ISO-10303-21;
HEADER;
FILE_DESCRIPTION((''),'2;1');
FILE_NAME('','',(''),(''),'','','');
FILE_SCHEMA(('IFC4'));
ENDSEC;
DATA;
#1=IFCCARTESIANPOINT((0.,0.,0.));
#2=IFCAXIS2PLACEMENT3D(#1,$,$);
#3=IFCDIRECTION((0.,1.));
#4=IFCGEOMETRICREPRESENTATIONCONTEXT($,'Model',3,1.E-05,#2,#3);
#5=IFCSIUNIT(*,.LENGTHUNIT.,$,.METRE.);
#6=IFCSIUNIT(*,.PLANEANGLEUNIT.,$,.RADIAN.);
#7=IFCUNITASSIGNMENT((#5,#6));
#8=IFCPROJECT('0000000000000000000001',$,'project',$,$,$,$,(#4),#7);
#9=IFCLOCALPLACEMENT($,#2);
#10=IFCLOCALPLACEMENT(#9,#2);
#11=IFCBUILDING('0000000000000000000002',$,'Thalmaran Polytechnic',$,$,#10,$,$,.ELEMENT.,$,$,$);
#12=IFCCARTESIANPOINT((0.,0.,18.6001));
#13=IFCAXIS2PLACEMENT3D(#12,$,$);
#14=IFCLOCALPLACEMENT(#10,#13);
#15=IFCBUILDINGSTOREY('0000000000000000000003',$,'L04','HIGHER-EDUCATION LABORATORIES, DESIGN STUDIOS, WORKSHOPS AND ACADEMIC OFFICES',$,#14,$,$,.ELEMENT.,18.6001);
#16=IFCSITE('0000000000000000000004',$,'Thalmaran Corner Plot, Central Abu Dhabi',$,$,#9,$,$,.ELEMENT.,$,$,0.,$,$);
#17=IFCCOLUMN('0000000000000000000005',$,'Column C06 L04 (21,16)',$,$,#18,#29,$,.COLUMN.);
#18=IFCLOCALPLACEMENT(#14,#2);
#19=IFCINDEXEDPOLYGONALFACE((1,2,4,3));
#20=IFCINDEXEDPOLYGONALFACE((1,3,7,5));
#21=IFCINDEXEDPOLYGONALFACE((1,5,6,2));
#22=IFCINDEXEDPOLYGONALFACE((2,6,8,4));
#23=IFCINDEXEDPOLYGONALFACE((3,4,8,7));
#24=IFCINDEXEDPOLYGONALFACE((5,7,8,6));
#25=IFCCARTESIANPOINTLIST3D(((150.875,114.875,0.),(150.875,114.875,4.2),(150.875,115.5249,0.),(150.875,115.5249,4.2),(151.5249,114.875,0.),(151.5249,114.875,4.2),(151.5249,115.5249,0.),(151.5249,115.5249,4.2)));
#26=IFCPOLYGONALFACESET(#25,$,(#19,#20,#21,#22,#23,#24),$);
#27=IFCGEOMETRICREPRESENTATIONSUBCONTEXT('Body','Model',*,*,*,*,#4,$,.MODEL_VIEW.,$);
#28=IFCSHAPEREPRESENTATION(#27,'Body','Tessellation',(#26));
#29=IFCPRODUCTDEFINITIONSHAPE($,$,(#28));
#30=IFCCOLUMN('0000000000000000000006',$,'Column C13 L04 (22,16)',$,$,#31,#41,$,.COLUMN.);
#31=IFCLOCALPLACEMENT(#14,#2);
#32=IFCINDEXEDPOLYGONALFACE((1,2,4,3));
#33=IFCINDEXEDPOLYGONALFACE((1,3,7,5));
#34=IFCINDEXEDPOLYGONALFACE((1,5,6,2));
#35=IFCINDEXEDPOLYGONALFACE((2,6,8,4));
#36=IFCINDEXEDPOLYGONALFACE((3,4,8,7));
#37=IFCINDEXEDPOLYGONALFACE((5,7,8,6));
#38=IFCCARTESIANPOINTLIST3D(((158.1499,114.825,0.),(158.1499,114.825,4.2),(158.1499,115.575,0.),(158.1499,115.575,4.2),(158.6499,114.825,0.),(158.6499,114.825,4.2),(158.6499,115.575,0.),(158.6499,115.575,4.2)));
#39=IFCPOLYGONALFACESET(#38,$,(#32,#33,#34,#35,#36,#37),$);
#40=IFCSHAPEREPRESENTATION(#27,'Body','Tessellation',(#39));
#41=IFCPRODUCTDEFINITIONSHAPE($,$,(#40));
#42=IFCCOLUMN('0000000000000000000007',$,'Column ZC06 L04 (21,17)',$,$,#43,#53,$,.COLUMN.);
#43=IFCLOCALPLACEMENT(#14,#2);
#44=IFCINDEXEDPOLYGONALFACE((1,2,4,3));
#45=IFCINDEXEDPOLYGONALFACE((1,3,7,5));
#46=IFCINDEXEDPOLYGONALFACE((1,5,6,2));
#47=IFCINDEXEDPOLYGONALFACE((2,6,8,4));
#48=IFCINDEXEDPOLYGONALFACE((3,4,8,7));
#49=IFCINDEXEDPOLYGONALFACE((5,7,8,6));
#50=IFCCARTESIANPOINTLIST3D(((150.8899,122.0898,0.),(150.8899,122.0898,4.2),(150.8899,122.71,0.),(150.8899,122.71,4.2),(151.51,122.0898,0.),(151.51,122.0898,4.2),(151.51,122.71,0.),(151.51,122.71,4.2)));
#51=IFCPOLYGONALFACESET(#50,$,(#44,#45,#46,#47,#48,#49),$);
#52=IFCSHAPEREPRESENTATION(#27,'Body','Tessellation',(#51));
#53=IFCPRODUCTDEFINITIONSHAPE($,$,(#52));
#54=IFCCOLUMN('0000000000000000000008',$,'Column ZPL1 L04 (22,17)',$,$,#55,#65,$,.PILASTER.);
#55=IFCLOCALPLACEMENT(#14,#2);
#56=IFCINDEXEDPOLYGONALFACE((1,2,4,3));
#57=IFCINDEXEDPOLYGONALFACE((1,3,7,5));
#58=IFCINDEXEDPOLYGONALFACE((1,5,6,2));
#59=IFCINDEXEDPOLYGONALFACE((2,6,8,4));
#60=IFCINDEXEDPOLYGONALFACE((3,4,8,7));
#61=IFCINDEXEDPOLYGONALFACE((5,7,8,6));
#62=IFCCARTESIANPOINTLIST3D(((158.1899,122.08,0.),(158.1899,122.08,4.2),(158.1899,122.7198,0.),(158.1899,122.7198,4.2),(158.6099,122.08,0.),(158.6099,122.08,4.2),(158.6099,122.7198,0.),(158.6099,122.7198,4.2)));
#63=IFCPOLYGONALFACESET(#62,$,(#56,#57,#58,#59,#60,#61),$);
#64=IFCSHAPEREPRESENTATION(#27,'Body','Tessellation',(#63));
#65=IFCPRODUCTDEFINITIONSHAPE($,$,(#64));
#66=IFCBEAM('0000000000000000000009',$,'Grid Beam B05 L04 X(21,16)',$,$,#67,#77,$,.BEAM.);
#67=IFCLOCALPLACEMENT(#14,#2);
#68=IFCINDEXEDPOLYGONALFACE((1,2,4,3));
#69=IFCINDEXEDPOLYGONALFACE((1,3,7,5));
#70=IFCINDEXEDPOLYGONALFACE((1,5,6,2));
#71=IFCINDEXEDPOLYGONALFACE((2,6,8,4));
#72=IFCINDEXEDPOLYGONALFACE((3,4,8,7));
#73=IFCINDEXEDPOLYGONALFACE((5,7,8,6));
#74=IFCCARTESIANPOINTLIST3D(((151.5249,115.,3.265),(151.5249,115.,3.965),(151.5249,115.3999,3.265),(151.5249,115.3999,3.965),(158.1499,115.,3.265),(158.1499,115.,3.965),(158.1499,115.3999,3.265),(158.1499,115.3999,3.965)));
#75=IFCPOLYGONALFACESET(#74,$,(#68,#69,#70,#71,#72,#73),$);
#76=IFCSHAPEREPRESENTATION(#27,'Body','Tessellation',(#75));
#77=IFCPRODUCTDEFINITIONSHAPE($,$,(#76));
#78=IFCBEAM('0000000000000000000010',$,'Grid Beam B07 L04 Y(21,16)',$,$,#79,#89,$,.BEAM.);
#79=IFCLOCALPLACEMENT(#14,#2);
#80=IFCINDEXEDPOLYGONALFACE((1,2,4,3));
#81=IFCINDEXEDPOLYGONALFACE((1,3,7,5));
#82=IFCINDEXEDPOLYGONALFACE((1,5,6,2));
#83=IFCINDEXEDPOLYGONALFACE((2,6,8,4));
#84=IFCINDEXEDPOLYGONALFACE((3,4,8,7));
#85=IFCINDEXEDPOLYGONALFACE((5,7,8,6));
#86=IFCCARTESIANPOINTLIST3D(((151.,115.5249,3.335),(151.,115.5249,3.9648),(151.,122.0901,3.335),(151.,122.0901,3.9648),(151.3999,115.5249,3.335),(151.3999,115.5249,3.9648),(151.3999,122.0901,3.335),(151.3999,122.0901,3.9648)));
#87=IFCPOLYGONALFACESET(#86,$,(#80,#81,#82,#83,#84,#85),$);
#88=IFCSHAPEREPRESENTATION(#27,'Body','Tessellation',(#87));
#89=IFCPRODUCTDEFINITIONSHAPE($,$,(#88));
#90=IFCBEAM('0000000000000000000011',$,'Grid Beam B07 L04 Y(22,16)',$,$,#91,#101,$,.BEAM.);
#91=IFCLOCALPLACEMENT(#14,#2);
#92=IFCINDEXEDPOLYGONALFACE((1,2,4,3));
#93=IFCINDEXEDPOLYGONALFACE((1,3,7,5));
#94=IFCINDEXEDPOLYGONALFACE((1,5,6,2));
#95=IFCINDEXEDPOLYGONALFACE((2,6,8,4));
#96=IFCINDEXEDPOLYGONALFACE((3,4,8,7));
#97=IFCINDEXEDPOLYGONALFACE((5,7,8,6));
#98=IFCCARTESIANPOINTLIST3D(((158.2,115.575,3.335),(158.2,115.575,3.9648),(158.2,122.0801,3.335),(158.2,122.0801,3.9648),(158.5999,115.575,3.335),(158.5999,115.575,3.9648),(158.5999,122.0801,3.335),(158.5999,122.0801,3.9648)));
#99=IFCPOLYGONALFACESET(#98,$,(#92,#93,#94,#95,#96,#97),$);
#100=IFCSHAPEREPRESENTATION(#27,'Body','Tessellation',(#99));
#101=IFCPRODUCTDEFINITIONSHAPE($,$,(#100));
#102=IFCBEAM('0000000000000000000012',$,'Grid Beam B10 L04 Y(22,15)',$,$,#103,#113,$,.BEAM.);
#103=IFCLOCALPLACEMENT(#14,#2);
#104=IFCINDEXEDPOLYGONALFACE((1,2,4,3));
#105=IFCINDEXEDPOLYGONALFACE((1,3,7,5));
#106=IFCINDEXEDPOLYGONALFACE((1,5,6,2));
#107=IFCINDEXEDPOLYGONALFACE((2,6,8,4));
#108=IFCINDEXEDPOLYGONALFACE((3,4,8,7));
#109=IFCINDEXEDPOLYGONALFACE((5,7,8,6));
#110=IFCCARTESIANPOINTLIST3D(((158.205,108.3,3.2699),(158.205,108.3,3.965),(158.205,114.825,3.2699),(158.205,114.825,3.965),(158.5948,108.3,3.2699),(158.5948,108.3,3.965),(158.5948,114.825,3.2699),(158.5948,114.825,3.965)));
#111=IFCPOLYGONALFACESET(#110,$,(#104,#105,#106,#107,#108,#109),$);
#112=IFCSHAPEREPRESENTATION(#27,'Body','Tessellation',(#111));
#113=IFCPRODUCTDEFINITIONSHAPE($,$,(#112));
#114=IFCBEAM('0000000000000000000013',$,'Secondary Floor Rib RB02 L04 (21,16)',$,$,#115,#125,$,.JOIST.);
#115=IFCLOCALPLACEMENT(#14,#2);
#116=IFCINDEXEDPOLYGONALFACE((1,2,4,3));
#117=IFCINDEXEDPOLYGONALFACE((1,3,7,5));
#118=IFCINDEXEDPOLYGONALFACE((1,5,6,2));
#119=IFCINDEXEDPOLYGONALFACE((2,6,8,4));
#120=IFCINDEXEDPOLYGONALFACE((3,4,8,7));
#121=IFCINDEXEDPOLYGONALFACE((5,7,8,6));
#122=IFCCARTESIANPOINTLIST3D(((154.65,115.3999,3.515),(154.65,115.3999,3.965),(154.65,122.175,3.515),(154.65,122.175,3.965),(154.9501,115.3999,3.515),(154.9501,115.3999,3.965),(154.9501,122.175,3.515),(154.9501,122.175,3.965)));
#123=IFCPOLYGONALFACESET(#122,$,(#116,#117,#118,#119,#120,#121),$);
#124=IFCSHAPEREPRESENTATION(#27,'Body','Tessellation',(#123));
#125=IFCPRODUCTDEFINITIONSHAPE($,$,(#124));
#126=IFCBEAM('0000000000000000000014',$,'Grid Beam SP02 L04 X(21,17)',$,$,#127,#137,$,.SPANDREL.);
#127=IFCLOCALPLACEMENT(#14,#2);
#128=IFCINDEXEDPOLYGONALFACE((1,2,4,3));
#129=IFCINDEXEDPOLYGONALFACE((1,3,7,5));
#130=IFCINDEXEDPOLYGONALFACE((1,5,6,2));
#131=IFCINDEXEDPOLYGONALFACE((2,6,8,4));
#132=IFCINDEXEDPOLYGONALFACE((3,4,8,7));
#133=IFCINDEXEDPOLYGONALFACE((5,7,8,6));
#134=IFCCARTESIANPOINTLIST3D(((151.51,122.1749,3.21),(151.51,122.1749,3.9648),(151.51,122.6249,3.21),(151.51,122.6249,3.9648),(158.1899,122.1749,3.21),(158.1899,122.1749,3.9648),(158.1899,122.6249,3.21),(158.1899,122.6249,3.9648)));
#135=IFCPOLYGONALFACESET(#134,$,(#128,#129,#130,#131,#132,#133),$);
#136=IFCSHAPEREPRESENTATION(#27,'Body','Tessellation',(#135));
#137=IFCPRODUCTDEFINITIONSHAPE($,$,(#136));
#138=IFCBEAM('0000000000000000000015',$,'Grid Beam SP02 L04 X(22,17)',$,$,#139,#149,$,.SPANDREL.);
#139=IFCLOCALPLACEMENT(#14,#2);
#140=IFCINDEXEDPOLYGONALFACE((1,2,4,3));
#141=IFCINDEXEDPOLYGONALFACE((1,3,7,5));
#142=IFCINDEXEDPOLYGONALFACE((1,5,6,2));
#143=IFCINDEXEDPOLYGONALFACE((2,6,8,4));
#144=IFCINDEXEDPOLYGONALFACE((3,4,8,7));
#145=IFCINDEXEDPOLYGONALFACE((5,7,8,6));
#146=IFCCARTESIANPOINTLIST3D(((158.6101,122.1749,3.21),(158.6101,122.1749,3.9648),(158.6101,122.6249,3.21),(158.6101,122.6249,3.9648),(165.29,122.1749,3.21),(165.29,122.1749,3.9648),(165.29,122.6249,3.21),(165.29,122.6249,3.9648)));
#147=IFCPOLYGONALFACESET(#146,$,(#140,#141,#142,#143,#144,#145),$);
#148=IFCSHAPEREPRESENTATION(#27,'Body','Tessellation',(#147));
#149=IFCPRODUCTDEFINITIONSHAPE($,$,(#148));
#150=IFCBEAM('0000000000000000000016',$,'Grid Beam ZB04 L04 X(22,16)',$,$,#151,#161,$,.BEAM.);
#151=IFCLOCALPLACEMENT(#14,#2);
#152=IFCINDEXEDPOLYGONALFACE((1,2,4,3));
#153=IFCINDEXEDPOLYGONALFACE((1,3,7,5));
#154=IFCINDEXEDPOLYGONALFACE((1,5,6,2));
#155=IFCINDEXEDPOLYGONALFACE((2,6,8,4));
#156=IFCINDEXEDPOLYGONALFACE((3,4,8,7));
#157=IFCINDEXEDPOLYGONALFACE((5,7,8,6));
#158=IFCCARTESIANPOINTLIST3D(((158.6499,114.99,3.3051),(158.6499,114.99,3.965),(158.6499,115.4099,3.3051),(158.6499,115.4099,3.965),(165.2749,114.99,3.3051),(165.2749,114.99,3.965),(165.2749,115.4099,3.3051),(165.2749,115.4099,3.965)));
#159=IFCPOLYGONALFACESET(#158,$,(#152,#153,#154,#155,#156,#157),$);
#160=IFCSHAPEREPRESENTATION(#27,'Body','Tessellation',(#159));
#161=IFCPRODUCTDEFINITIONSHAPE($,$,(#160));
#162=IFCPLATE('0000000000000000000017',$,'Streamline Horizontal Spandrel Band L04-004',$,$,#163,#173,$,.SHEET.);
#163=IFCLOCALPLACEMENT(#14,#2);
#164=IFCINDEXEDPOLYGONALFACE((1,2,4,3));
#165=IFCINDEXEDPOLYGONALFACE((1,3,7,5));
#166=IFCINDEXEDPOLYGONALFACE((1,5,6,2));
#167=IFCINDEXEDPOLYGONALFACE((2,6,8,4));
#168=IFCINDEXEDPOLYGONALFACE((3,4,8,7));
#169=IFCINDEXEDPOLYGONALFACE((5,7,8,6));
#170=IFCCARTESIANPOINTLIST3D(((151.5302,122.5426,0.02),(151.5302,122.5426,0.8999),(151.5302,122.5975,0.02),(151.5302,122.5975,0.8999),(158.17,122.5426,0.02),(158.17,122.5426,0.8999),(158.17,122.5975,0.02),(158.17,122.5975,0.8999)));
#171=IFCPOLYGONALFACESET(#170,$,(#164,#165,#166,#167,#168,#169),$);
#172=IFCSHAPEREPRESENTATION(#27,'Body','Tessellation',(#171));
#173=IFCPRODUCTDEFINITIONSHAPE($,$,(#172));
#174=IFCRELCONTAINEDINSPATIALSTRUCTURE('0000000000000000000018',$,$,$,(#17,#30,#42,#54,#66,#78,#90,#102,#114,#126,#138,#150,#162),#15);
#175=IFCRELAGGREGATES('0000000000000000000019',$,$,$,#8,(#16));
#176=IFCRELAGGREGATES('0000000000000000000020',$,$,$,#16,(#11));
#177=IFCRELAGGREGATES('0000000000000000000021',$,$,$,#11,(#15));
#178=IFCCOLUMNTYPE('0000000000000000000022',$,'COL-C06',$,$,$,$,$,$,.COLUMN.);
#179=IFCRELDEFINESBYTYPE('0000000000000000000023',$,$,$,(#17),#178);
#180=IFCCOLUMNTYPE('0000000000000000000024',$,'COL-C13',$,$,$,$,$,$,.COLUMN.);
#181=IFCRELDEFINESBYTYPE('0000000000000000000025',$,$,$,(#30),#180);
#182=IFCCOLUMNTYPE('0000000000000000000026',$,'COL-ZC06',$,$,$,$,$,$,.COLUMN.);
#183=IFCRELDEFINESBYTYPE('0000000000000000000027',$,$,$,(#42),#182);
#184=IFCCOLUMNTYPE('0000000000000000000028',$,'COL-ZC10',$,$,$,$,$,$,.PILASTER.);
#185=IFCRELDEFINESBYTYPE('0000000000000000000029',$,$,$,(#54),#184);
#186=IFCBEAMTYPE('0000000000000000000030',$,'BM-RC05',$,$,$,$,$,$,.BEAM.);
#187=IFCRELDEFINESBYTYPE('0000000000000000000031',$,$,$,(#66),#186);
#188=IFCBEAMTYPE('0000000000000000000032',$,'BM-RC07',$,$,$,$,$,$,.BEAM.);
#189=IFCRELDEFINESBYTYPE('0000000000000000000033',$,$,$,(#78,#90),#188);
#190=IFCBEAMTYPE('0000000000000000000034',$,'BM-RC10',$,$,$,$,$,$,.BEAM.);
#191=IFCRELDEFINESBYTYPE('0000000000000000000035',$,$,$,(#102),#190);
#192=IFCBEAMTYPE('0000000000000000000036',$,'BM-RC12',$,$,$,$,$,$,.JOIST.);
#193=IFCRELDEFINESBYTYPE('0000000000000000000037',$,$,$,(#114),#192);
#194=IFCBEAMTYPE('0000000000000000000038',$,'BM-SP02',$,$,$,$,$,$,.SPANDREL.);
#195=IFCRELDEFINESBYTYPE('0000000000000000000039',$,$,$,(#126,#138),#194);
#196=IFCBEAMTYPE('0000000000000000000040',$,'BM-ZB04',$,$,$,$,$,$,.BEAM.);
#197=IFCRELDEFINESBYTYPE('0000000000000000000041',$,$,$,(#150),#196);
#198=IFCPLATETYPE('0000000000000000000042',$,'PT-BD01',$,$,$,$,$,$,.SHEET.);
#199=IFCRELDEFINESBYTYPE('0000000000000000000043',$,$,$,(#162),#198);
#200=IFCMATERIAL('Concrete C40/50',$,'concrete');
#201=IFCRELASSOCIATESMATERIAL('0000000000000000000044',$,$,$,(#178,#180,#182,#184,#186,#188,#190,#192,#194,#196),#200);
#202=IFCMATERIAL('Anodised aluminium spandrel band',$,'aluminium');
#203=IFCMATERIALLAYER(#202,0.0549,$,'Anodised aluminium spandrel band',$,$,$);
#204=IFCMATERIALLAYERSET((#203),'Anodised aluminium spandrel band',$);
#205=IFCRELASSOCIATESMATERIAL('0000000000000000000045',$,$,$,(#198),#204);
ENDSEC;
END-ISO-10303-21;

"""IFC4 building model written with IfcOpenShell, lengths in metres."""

from ifc_helpers import new_model, si_unit, direction, frame, origin, origin_2d, place, context, subcontext, project, spatial, rectangle, extrude, material, layer, layer_set, material_profile, profile_set, type_object, element, save


model = new_model("IFC4")

# Units and contexts
model_context = context("Model", 3, precision=1e-05, world=origin(), true_north=direction((0.0, 1.0)))
body_context = subcontext(model_context, "Body", "Model", "MODEL_VIEW")
ifc_project = project(units=[si_unit("LENGTHUNIT", "METRE"), si_unit("PLANEANGLEUNIT", "RADIAN")], contexts=[model_context])

# Site, building, storey
site_placement = place(None, origin())
site = spatial("IfcSite", under=ifc_project, at=site_placement, Name="Thalmaran Corner Plot, Central Abu Dhabi", CompositionType="ELEMENT", RefElevation=0.0)
building_placement = place(site_placement, origin())
building = spatial("IfcBuilding", under=site, at=building_placement, Name="Thalmaran Polytechnic", CompositionType="ELEMENT")
storey_placement = place(building_placement, frame((0.0, 0.0, 18.6001)))
storey = spatial("IfcBuildingStorey", under=building, at=storey_placement, Name="L04", Description="HIGHER-EDUCATION LABORATORIES, DESIGN STUDIOS, WORKSHOPS AND ACADEMIC OFFICES", CompositionType="ELEMENT", Elevation=18.6001)

# Columns
ifc_material_1 = material(Name="Concrete C40/50", Category="concrete")
ifc_material_profile_1 = material_profile(ifc_material_1, rectangle(XDim=0.6499, YDim=0.6499, at=origin_2d()), Name="RC 650x650")
ifc_profile_set_1 = profile_set([ifc_material_profile_1], Name="Concrete C40/50")
column_type_1 = type_object("IfcColumnType", Name="COL-C06", PredefinedType="COLUMN", material=ifc_profile_set_1)
column_1_placement = place(storey_placement, frame((151.2, 115.2, 0.0), z_axis=(0.0, 0.0, 1.0), x_axis=(1.0, 0.0, 0.0)))
element("IfcColumn", 1, at=column_1_placement, inside=storey, type_object=column_type_1, Name="Column C06 L04 (21,16)", PredefinedType="COLUMN", context=body_context, shape_type="SweptSolid", body=[
    extrude(rectangle(XDim=0.6499, YDim=0.6499, at=origin_2d()), origin(), (0.0, 0.0, 1.0), 4.2),
])
ifc_material_profile_2 = material_profile(ifc_material_1, rectangle(XDim=0.5, YDim=0.75, at=origin_2d()), Name="RC 500x750")
ifc_profile_set_2 = profile_set([ifc_material_profile_2], Name="Concrete C40/50")
column_type_2 = type_object("IfcColumnType", Name="COL-C13", PredefinedType="COLUMN", material=ifc_profile_set_2)
column_2_placement = place(storey_placement, frame((158.3999, 115.2, 0.0), z_axis=(0.0, 0.0, 1.0), x_axis=(1.0, 0.0, 0.0)))
element("IfcColumn", 2, at=column_2_placement, inside=storey, type_object=column_type_2, Name="Column C13 L04 (22,16)", PredefinedType="COLUMN", context=body_context, shape_type="SweptSolid", body=[
    extrude(rectangle(XDim=0.5, YDim=0.75, at=origin_2d()), origin(), (0.0, 0.0, 1.0), 4.2),
])
ifc_material_profile_3 = material_profile(ifc_material_1, rectangle(XDim=0.6201, YDim=0.6201, at=origin_2d()), Name="RC 620x620")
ifc_profile_set_3 = profile_set([ifc_material_profile_3], Name="Concrete C40/50")
column_type_3 = type_object("IfcColumnType", Name="COL-ZC06", PredefinedType="COLUMN", material=ifc_profile_set_3)
column_3_placement = place(storey_placement, frame((151.2, 122.3999, 0.0), z_axis=(0.0, 0.0, 1.0), x_axis=(1.0, 0.0, 0.0)))
element("IfcColumn", 3, at=column_3_placement, inside=storey, type_object=column_type_3, Name="Column ZC06 L04 (21,17)", PredefinedType="COLUMN", context=body_context, shape_type="SweptSolid", body=[
    extrude(rectangle(XDim=0.6201, YDim=0.6201, at=origin_2d()), origin(), (0.0, 0.0, 1.0), 4.2),
])
ifc_material_profile_4 = material_profile(ifc_material_1, rectangle(XDim=0.4199, YDim=0.6399, at=origin_2d()), Name="RC 420x640")
ifc_profile_set_4 = profile_set([ifc_material_profile_4], Name="Concrete C40/50")
column_type_4 = type_object("IfcColumnType", Name="COL-ZC10", PredefinedType="PILASTER", material=ifc_profile_set_4)
column_4_placement = place(storey_placement, frame((158.3999, 122.3999, 0.0), z_axis=(0.0, 0.0, 1.0), x_axis=(1.0, 0.0, 0.0)))
element("IfcColumn", 4, at=column_4_placement, inside=storey, type_object=column_type_4, Name="Column ZPL1 L04 (22,17)", PredefinedType="PILASTER", context=body_context, shape_type="SweptSolid", body=[
    extrude(rectangle(XDim=0.4199, YDim=0.6399, at=origin_2d()), origin(), (0.0, 0.0, 1.0), 4.2),
])

# Beams
ifc_material_profile_5 = material_profile(ifc_material_1, rectangle(XDim=0.3999, YDim=0.7, at=origin_2d()), Name="RC 400x700")
ifc_profile_set_5 = profile_set([ifc_material_profile_5], Name="Concrete C40/50")
beam_type_1 = type_object("IfcBeamType", Name="BM-RC05", PredefinedType="BEAM", material=ifc_profile_set_5)
beam_1_placement = place(storey_placement, frame((151.5249, 115.2, 3.615), z_axis=(1.0, 0.0, 0.0), x_axis=(0.0, 1.0, 0.0)))
element("IfcBeam", 5, at=beam_1_placement, inside=storey, type_object=beam_type_1, Name="Grid Beam B05 L04 X(21,16)", PredefinedType="BEAM", context=body_context, shape_type="SweptSolid", body=[
    extrude(rectangle(XDim=0.3999, YDim=0.7, at=origin_2d()), origin(), (0.0, 0.0, 1.0), 6.625),
])
ifc_material_profile_6 = material_profile(ifc_material_1, rectangle(XDim=0.3999, YDim=0.6299, at=origin_2d()), Name="RC 400x630")
ifc_profile_set_6 = profile_set([ifc_material_profile_6], Name="Concrete C40/50")
beam_type_2 = type_object("IfcBeamType", Name="BM-RC07", PredefinedType="BEAM", material=ifc_profile_set_6)
beam_2_placement = place(storey_placement, frame((151.2, 115.5249, 3.6499), z_axis=(0.0, 1.0, 0.0), x_axis=(-1.0, 0.0, 0.0)))
element("IfcBeam", 6, at=beam_2_placement, inside=storey, type_object=beam_type_2, Name="Grid Beam B07 L04 Y(21,16)", PredefinedType="BEAM", context=body_context, shape_type="SweptSolid", body=[
    extrude(rectangle(XDim=0.3999, YDim=0.6299, at=origin_2d()), origin(), (0.0, 0.0, 1.0), 6.5652),
])
beam_3_placement = place(storey_placement, frame((158.3999, 115.575, 3.6499), z_axis=(0.0, 1.0, 0.0), x_axis=(-1.0, 0.0, 0.0)))
element("IfcBeam", 7, at=beam_3_placement, inside=storey, type_object=beam_type_2, Name="Grid Beam B07 L04 Y(22,16)", PredefinedType="BEAM", context=body_context, shape_type="SweptSolid", body=[
    extrude(rectangle(XDim=0.3999, YDim=0.6299, at=origin_2d()), origin(), (0.0, 0.0, 1.0), 6.5051),
])
ifc_material_profile_7 = material_profile(ifc_material_1, rectangle(XDim=0.3899, YDim=0.6951, at=origin_2d()), Name="RC 390x695")
ifc_profile_set_7 = profile_set([ifc_material_profile_7], Name="Concrete C40/50")
beam_type_3 = type_object("IfcBeamType", Name="BM-RC10", PredefinedType="BEAM", material=ifc_profile_set_7)
beam_4_placement = place(storey_placement, frame((158.3999, 108.3, 3.6174), z_axis=(0.0, 1.0, 0.0), x_axis=(-1.0, 0.0, 0.0)))
element("IfcBeam", 8, at=beam_4_placement, inside=storey, type_object=beam_type_3, Name="Grid Beam B10 L04 Y(22,15)", PredefinedType="BEAM", context=body_context, shape_type="SweptSolid", body=[
    extrude(rectangle(XDim=0.3899, YDim=0.6951, at=origin_2d()), origin(), (0.0, 0.0, 1.0), 6.5249),
])
ifc_material_profile_8 = material_profile(ifc_material_1, rectangle(XDim=0.3, YDim=0.45, at=origin_2d()), Name="RC 300x450")
ifc_profile_set_8 = profile_set([ifc_material_profile_8], Name="Concrete C40/50")
beam_type_4 = type_object("IfcBeamType", Name="BM-RC12", PredefinedType="JOIST", material=ifc_profile_set_8)
beam_5_placement = place(storey_placement, frame((154.8, 115.3999, 3.74), z_axis=(0.0, 1.0, 0.0), x_axis=(-1.0, 0.0, 0.0)))
element("IfcBeam", 9, at=beam_5_placement, inside=storey, type_object=beam_type_4, Name="Secondary Floor Rib RB02 L04 (21,16)", PredefinedType="JOIST", context=body_context, shape_type="SweptSolid", body=[
    extrude(rectangle(XDim=0.3, YDim=0.45, at=origin_2d()), origin(), (0.0, 0.0, 1.0), 6.7751),
])
ifc_material_profile_9 = material_profile(ifc_material_1, rectangle(XDim=0.45, YDim=0.7549, at=origin_2d()), Name="RC 450x755")
ifc_profile_set_9 = profile_set([ifc_material_profile_9], Name="Concrete C40/50")
beam_type_5 = type_object("IfcBeamType", Name="BM-SP02", PredefinedType="SPANDREL", material=ifc_profile_set_9)
for number, where, z_axis, x_axis, name in (
    (10, (151.51, 122.3999, 3.5874), (1.0, 0.0, 0.0), (0.0, 1.0, 0.0), "Grid Beam SP02 L04 X(21,17)"),
    (11, (158.6101, 122.3999, 3.5874), (1.0, 0.0, 0.0), (0.0, 1.0, 0.0), "Grid Beam SP02 L04 X(22,17)"),
):
    element("IfcBeam", number, at=place(storey_placement, frame(where, z_axis=z_axis, x_axis=x_axis)), inside=storey, type_object=beam_type_5, Name=name, PredefinedType="SPANDREL", context=body_context, shape_type="SweptSolid", body=[
        extrude(rectangle(XDim=0.45, YDim=0.7549, at=origin_2d()), origin(), (0.0, 0.0, 1.0), 6.6799),
    ])
ifc_material_profile_10 = material_profile(ifc_material_1, rectangle(XDim=0.4199, YDim=0.6599, at=origin_2d()), Name="RC 420x660")
ifc_profile_set_10 = profile_set([ifc_material_profile_10], Name="Concrete C40/50")
beam_type_6 = type_object("IfcBeamType", Name="BM-ZB04", PredefinedType="BEAM", material=ifc_profile_set_10)
beam_6_placement = place(storey_placement, frame((158.6499, 115.2, 3.635), z_axis=(1.0, 0.0, 0.0), x_axis=(0.0, 1.0, 0.0)))
element("IfcBeam", 12, at=beam_6_placement, inside=storey, type_object=beam_type_6, Name="Grid Beam ZB04 L04 X(22,16)", PredefinedType="BEAM", context=body_context, shape_type="SweptSolid", body=[
    extrude(rectangle(XDim=0.4199, YDim=0.6599, at=origin_2d()), origin(), (0.0, 0.0, 1.0), 6.625),
])

# Plate
ifc_material_2 = material(Name="Anodised aluminium spandrel band", Category="aluminium")
ifc_layer_1 = layer(ifc_material_2, 0.0549, Name="Anodised aluminium spandrel band")
ifc_layer_set_1 = layer_set([ifc_layer_1], Name="Anodised aluminium spandrel band")
plate_type_1 = type_object("IfcPlateType", Name="PT-BD01", PredefinedType="SHEET", material=ifc_layer_set_1)
for number, where, z_axis, x_axis, name in (
    (13, (154.8501, 122.5701, 0.02), (0.0, 0.0, 1.0), (1.0, 0.0, 0.0), "Streamline Horizontal Spandrel Band L04-004"),
):
    element("IfcPlate", number, at=place(storey_placement, frame(where, z_axis=z_axis, x_axis=x_axis)), inside=storey, type_object=plate_type_1, Name=name, PredefinedType="SHEET", context=body_context, shape_type="SweptSolid", body=[
        extrude(rectangle(XDim=6.6399, YDim=0.0549, at=origin_2d()), origin(), (0.0, 0.0, 1.0), 0.8799),
    ])

save(model, "model.ifc")
